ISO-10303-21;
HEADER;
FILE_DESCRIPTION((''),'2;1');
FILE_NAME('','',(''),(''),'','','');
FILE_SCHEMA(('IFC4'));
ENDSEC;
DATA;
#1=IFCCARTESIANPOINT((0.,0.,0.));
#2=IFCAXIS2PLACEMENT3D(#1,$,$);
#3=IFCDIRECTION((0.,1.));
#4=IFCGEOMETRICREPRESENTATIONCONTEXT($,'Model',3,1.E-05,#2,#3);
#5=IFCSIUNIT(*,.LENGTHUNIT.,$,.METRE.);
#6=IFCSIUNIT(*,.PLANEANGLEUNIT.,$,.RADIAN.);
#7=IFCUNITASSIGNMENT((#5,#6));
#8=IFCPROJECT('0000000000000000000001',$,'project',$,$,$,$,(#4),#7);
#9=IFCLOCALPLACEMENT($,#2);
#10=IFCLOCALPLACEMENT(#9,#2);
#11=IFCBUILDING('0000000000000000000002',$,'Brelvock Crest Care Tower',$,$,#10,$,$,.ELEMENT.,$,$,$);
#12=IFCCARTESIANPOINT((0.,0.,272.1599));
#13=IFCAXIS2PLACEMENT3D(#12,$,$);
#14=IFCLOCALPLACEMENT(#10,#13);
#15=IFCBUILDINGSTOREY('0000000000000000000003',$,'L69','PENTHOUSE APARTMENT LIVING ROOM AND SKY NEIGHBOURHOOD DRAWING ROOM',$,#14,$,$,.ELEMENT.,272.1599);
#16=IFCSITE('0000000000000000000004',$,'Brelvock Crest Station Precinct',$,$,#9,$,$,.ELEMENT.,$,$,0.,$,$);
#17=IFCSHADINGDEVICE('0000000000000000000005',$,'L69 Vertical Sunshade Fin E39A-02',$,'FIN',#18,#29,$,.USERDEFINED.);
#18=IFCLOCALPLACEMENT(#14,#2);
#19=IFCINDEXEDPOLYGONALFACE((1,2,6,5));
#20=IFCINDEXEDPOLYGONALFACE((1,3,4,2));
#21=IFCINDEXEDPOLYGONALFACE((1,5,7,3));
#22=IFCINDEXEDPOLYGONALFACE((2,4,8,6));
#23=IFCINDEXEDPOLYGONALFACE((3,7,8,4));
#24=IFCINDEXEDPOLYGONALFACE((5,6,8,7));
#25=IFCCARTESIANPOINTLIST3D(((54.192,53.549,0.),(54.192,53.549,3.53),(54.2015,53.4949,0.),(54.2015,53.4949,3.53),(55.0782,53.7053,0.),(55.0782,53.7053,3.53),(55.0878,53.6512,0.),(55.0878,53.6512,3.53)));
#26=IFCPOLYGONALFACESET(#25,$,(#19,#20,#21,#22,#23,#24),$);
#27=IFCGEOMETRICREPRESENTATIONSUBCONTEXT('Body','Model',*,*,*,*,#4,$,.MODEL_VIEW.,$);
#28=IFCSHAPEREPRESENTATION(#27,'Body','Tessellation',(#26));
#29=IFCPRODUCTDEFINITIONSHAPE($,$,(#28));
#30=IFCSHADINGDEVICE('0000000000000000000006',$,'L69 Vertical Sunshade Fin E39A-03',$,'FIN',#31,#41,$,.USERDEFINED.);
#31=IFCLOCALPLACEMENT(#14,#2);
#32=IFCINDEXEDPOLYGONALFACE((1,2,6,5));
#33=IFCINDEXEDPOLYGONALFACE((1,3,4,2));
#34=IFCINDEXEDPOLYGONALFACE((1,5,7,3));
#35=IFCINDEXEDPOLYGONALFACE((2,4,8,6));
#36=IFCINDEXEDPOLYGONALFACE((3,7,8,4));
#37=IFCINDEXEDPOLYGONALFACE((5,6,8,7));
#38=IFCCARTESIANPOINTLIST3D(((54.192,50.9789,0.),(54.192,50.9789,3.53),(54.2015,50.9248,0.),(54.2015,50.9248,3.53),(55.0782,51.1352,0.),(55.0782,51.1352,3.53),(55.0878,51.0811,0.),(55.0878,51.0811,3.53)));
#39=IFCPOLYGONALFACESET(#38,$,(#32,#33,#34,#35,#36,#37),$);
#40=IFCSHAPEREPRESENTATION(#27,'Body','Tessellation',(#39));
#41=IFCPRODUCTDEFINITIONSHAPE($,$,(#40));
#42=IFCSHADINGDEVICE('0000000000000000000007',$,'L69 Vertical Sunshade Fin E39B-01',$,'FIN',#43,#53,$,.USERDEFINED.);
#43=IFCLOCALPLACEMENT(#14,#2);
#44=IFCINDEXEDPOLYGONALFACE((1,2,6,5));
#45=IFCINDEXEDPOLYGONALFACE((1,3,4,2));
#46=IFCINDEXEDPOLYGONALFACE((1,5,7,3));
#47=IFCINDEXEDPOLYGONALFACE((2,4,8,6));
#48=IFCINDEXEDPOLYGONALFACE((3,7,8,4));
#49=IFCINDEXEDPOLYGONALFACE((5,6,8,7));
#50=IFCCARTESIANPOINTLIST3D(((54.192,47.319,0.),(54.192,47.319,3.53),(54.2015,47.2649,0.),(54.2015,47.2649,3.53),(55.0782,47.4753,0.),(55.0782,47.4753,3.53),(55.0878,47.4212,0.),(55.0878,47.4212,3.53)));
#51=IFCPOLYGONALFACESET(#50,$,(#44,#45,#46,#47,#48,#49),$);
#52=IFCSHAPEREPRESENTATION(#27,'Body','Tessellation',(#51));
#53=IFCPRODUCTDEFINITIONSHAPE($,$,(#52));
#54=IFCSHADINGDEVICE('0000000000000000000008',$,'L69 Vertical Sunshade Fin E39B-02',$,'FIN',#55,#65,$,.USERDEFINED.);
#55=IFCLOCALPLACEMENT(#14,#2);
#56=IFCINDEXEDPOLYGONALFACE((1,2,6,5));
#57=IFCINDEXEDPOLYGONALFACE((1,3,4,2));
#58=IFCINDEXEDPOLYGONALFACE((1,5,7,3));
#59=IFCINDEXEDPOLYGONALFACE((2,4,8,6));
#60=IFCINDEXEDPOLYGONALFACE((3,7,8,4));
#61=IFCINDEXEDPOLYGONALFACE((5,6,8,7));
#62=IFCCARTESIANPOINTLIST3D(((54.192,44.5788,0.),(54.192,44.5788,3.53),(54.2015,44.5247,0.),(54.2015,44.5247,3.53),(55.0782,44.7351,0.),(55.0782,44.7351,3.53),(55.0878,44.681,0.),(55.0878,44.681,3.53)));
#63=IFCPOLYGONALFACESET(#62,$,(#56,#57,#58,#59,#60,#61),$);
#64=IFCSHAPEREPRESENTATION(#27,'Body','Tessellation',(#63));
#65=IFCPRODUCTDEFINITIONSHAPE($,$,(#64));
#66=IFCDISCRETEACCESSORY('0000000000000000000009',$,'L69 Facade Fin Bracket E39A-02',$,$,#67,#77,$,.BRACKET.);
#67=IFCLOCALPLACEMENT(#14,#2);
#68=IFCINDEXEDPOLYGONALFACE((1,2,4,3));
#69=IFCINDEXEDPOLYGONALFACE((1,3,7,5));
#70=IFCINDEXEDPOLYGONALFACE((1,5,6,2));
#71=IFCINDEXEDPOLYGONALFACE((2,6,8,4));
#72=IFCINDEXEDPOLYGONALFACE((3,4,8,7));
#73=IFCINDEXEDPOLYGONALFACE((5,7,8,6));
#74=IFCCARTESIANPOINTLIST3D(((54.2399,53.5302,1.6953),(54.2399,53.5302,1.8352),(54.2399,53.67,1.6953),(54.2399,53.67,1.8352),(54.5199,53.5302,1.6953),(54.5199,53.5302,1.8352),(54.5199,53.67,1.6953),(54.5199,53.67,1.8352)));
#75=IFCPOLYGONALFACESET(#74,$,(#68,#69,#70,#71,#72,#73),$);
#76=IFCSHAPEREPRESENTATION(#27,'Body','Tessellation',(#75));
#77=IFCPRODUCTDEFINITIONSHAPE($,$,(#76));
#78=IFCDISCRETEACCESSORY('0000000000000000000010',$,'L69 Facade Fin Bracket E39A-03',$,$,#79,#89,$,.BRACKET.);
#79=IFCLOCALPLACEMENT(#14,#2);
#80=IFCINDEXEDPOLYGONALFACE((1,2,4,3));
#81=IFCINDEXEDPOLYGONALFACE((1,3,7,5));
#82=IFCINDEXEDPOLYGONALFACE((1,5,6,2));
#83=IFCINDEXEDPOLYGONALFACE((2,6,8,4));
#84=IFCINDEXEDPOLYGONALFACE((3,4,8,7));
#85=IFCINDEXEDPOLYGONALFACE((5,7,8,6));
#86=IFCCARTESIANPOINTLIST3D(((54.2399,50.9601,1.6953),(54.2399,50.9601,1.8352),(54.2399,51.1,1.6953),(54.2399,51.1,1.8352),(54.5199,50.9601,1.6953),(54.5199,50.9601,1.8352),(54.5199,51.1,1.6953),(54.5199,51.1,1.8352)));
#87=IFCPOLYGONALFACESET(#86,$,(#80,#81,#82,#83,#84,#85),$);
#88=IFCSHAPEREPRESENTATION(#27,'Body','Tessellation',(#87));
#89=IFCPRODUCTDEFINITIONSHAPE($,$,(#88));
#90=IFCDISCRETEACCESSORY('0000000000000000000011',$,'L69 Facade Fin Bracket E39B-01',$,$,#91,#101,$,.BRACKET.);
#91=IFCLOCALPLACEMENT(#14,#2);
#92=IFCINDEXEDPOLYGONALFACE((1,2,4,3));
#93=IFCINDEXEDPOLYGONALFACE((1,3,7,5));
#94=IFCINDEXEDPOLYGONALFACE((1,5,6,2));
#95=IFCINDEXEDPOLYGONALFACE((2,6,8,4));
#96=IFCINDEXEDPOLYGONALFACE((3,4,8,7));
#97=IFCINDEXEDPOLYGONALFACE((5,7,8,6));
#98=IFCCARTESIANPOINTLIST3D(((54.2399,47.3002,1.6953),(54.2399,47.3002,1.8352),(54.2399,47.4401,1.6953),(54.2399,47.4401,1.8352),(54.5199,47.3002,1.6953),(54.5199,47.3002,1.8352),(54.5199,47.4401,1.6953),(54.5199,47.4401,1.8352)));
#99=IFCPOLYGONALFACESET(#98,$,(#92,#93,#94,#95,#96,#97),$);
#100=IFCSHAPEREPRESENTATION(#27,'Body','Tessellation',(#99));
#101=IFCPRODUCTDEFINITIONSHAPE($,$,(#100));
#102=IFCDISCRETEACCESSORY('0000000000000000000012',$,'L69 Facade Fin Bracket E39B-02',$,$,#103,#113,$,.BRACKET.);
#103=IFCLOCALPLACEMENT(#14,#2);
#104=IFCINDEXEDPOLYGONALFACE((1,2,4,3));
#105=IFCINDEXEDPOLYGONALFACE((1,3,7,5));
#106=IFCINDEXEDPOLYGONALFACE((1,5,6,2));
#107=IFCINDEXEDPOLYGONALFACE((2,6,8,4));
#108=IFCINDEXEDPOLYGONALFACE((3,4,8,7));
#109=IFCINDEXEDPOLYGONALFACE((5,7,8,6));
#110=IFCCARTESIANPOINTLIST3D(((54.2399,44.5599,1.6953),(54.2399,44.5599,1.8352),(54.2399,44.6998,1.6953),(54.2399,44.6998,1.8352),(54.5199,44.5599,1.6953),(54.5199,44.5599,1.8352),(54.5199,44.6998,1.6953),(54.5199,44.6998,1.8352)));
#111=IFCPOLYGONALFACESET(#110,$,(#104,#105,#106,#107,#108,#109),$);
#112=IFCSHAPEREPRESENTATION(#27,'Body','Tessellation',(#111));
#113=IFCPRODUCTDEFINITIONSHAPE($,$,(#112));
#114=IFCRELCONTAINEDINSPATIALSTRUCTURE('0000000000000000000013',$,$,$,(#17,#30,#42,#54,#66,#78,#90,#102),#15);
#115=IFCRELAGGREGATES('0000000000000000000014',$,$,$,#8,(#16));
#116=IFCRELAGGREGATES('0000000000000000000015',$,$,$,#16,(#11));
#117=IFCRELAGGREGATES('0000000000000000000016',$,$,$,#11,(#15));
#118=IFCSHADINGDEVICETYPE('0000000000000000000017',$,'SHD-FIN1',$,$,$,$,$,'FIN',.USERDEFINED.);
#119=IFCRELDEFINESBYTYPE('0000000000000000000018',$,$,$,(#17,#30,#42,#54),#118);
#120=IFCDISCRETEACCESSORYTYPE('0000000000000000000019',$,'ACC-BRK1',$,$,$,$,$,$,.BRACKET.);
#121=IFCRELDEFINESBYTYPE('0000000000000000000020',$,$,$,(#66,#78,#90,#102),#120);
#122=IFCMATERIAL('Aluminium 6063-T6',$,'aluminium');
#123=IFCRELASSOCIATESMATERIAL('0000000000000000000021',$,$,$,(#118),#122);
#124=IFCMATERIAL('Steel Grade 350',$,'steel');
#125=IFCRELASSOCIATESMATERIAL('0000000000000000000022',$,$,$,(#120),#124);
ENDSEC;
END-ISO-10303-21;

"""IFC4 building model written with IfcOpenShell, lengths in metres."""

from ifc_helpers import new_model, si_unit, direction, frame, origin, origin_2d, place, context, subcontext, project, spatial, rectangle, extrude, source, transform, mapped, material, material_profile, profile_set, type_object, element, save


model = new_model("IFC4")

# Units and contexts
model_context = context("Model", 3, precision=1e-05, world=origin(), true_north=direction((0.0, 1.0)))
body_context = subcontext(model_context, "Body", "Model", "MODEL_VIEW")
ifc_project = project(units=[si_unit("LENGTHUNIT", "METRE"), si_unit("PLANEANGLEUNIT", "RADIAN")], contexts=[model_context])

# Site, building, storey
site_placement = place(None, origin())
site = spatial("IfcSite", under=ifc_project, at=site_placement, Name="Brelvock Crest Station Precinct", CompositionType="ELEMENT", RefElevation=0.0)
building_placement = place(site_placement, origin())
building = spatial("IfcBuilding", under=site, at=building_placement, Name="Brelvock Crest Care Tower", CompositionType="ELEMENT")
storey_placement = place(building_placement, frame((0.0, 0.0, 272.1599)))
storey = spatial("IfcBuildingStorey", under=building, at=storey_placement, Name="L69", Description="PENTHOUSE APARTMENT LIVING ROOM AND SKY NEIGHBOURHOOD DRAWING ROOM", CompositionType="ELEMENT", Elevation=272.1599)

# Shared definitions
ifc_material_1 = material(Name="Steel Grade 350", Category="steel")

# Shared definitions
ifc_material_2 = material(Name="Aluminium 6063-T6", Category="aluminium")

# Shading devices
ifc_material_profile_1 = material_profile(ifc_material_2, rectangle(XDim=0.0549, YDim=0.8999, at=origin_2d()), Name="FIN55x900")
ifc_profile_set_1 = profile_set([ifc_material_profile_1], Name="Aluminium 6063-T6")
shading_device_type = type_object("IfcShadingDeviceType", Name="SHD-FIN1", ElementType="FIN", PredefinedType="USERDEFINED", material=ifc_profile_set_1)
shared_shape_1 = source(origin(), body_context, "Body", "SweptSolid", [
    extrude(rectangle(XDim=0.0549, YDim=0.8999, at=origin_2d()), origin(), (0.0, 0.0, 1.0), 3.53),
])
for number, where, z_axis, x_axis, name in (
    (1, (54.6399, 53.6001, 0.0), (0.0, 0.0, 1.0), (0.173648, -0.984808, 0.0), "L69 Vertical Sunshade Fin E39A-02"),
    (2, (54.6399, 51.03, 0.0), (0.0, 0.0, 1.0), (0.173648, -0.984808, 0.0), "L69 Vertical Sunshade Fin E39A-03"),
    (3, (54.6399, 47.3701, 0.0), (0.0, 0.0, 1.0), (0.173648, -0.984808, 0.0), "L69 Vertical Sunshade Fin E39B-01"),
    (4, (54.6399, 44.6299, 0.0), (0.0, 0.0, 1.0), (0.173648, -0.984808, 0.0), "L69 Vertical Sunshade Fin E39B-02"),
):
    element("IfcShadingDevice", number, at=place(storey_placement, frame(where, z_axis=z_axis, x_axis=x_axis)), inside=storey, type_object=shading_device_type, Name=name, ObjectType="FIN", PredefinedType="USERDEFINED", context=body_context, shape_type="MappedRepresentation", body=[
        mapped(shared_shape_1, transform((0.0, 0.0, 0.0), x_axis=(1.0, 0.0, 0.0), y_axis=(0.0, 1.0, 0.0), z_axis=(0.0, 0.0, 1.0), scale=1.0)),
    ])

# Discrete accessories
discrete_accessory_type = type_object("IfcDiscreteAccessoryType", Name="ACC-BRK1", PredefinedType="BRACKET", material=ifc_material_1)
shared_shape_2 = source(origin(), body_context, "Body", "SweptSolid", [
    extrude(rectangle(XDim=0.28, YDim=0.1399, at=origin_2d()), origin(), (0.0, 0.0, 1.0), 0.1399),
])
for number, where, z_axis, x_axis, name in (
    (5, (54.3799, 53.6001, 1.6953), (0.0, 0.0, 1.0), (1.0, 0.0, 0.0), "L69 Facade Fin Bracket E39A-02"),
    (6, (54.3799, 51.03, 1.6953), (0.0, 0.0, 1.0), (1.0, 0.0, 0.0), "L69 Facade Fin Bracket E39A-03"),
    (7, (54.3799, 47.3701, 1.6953), (0.0, 0.0, 1.0), (1.0, 0.0, 0.0), "L69 Facade Fin Bracket E39B-01"),
    (8, (54.3799, 44.6299, 1.6953), (0.0, 0.0, 1.0), (1.0, 0.0, 0.0), "L69 Facade Fin Bracket E39B-02"),
):
    element("IfcDiscreteAccessory", number, at=place(storey_placement, frame(where, z_axis=z_axis, x_axis=x_axis)), inside=storey, type_object=discrete_accessory_type, Name=name, PredefinedType="BRACKET", context=body_context, shape_type="MappedRepresentation", body=[
        mapped(shared_shape_2, transform((0.0, 0.0, 0.0), x_axis=(1.0, 0.0, 0.0), y_axis=(0.0, 1.0, 0.0), z_axis=(0.0, 0.0, 1.0), scale=1.0)),
    ])

save(model, "model.ifc")
